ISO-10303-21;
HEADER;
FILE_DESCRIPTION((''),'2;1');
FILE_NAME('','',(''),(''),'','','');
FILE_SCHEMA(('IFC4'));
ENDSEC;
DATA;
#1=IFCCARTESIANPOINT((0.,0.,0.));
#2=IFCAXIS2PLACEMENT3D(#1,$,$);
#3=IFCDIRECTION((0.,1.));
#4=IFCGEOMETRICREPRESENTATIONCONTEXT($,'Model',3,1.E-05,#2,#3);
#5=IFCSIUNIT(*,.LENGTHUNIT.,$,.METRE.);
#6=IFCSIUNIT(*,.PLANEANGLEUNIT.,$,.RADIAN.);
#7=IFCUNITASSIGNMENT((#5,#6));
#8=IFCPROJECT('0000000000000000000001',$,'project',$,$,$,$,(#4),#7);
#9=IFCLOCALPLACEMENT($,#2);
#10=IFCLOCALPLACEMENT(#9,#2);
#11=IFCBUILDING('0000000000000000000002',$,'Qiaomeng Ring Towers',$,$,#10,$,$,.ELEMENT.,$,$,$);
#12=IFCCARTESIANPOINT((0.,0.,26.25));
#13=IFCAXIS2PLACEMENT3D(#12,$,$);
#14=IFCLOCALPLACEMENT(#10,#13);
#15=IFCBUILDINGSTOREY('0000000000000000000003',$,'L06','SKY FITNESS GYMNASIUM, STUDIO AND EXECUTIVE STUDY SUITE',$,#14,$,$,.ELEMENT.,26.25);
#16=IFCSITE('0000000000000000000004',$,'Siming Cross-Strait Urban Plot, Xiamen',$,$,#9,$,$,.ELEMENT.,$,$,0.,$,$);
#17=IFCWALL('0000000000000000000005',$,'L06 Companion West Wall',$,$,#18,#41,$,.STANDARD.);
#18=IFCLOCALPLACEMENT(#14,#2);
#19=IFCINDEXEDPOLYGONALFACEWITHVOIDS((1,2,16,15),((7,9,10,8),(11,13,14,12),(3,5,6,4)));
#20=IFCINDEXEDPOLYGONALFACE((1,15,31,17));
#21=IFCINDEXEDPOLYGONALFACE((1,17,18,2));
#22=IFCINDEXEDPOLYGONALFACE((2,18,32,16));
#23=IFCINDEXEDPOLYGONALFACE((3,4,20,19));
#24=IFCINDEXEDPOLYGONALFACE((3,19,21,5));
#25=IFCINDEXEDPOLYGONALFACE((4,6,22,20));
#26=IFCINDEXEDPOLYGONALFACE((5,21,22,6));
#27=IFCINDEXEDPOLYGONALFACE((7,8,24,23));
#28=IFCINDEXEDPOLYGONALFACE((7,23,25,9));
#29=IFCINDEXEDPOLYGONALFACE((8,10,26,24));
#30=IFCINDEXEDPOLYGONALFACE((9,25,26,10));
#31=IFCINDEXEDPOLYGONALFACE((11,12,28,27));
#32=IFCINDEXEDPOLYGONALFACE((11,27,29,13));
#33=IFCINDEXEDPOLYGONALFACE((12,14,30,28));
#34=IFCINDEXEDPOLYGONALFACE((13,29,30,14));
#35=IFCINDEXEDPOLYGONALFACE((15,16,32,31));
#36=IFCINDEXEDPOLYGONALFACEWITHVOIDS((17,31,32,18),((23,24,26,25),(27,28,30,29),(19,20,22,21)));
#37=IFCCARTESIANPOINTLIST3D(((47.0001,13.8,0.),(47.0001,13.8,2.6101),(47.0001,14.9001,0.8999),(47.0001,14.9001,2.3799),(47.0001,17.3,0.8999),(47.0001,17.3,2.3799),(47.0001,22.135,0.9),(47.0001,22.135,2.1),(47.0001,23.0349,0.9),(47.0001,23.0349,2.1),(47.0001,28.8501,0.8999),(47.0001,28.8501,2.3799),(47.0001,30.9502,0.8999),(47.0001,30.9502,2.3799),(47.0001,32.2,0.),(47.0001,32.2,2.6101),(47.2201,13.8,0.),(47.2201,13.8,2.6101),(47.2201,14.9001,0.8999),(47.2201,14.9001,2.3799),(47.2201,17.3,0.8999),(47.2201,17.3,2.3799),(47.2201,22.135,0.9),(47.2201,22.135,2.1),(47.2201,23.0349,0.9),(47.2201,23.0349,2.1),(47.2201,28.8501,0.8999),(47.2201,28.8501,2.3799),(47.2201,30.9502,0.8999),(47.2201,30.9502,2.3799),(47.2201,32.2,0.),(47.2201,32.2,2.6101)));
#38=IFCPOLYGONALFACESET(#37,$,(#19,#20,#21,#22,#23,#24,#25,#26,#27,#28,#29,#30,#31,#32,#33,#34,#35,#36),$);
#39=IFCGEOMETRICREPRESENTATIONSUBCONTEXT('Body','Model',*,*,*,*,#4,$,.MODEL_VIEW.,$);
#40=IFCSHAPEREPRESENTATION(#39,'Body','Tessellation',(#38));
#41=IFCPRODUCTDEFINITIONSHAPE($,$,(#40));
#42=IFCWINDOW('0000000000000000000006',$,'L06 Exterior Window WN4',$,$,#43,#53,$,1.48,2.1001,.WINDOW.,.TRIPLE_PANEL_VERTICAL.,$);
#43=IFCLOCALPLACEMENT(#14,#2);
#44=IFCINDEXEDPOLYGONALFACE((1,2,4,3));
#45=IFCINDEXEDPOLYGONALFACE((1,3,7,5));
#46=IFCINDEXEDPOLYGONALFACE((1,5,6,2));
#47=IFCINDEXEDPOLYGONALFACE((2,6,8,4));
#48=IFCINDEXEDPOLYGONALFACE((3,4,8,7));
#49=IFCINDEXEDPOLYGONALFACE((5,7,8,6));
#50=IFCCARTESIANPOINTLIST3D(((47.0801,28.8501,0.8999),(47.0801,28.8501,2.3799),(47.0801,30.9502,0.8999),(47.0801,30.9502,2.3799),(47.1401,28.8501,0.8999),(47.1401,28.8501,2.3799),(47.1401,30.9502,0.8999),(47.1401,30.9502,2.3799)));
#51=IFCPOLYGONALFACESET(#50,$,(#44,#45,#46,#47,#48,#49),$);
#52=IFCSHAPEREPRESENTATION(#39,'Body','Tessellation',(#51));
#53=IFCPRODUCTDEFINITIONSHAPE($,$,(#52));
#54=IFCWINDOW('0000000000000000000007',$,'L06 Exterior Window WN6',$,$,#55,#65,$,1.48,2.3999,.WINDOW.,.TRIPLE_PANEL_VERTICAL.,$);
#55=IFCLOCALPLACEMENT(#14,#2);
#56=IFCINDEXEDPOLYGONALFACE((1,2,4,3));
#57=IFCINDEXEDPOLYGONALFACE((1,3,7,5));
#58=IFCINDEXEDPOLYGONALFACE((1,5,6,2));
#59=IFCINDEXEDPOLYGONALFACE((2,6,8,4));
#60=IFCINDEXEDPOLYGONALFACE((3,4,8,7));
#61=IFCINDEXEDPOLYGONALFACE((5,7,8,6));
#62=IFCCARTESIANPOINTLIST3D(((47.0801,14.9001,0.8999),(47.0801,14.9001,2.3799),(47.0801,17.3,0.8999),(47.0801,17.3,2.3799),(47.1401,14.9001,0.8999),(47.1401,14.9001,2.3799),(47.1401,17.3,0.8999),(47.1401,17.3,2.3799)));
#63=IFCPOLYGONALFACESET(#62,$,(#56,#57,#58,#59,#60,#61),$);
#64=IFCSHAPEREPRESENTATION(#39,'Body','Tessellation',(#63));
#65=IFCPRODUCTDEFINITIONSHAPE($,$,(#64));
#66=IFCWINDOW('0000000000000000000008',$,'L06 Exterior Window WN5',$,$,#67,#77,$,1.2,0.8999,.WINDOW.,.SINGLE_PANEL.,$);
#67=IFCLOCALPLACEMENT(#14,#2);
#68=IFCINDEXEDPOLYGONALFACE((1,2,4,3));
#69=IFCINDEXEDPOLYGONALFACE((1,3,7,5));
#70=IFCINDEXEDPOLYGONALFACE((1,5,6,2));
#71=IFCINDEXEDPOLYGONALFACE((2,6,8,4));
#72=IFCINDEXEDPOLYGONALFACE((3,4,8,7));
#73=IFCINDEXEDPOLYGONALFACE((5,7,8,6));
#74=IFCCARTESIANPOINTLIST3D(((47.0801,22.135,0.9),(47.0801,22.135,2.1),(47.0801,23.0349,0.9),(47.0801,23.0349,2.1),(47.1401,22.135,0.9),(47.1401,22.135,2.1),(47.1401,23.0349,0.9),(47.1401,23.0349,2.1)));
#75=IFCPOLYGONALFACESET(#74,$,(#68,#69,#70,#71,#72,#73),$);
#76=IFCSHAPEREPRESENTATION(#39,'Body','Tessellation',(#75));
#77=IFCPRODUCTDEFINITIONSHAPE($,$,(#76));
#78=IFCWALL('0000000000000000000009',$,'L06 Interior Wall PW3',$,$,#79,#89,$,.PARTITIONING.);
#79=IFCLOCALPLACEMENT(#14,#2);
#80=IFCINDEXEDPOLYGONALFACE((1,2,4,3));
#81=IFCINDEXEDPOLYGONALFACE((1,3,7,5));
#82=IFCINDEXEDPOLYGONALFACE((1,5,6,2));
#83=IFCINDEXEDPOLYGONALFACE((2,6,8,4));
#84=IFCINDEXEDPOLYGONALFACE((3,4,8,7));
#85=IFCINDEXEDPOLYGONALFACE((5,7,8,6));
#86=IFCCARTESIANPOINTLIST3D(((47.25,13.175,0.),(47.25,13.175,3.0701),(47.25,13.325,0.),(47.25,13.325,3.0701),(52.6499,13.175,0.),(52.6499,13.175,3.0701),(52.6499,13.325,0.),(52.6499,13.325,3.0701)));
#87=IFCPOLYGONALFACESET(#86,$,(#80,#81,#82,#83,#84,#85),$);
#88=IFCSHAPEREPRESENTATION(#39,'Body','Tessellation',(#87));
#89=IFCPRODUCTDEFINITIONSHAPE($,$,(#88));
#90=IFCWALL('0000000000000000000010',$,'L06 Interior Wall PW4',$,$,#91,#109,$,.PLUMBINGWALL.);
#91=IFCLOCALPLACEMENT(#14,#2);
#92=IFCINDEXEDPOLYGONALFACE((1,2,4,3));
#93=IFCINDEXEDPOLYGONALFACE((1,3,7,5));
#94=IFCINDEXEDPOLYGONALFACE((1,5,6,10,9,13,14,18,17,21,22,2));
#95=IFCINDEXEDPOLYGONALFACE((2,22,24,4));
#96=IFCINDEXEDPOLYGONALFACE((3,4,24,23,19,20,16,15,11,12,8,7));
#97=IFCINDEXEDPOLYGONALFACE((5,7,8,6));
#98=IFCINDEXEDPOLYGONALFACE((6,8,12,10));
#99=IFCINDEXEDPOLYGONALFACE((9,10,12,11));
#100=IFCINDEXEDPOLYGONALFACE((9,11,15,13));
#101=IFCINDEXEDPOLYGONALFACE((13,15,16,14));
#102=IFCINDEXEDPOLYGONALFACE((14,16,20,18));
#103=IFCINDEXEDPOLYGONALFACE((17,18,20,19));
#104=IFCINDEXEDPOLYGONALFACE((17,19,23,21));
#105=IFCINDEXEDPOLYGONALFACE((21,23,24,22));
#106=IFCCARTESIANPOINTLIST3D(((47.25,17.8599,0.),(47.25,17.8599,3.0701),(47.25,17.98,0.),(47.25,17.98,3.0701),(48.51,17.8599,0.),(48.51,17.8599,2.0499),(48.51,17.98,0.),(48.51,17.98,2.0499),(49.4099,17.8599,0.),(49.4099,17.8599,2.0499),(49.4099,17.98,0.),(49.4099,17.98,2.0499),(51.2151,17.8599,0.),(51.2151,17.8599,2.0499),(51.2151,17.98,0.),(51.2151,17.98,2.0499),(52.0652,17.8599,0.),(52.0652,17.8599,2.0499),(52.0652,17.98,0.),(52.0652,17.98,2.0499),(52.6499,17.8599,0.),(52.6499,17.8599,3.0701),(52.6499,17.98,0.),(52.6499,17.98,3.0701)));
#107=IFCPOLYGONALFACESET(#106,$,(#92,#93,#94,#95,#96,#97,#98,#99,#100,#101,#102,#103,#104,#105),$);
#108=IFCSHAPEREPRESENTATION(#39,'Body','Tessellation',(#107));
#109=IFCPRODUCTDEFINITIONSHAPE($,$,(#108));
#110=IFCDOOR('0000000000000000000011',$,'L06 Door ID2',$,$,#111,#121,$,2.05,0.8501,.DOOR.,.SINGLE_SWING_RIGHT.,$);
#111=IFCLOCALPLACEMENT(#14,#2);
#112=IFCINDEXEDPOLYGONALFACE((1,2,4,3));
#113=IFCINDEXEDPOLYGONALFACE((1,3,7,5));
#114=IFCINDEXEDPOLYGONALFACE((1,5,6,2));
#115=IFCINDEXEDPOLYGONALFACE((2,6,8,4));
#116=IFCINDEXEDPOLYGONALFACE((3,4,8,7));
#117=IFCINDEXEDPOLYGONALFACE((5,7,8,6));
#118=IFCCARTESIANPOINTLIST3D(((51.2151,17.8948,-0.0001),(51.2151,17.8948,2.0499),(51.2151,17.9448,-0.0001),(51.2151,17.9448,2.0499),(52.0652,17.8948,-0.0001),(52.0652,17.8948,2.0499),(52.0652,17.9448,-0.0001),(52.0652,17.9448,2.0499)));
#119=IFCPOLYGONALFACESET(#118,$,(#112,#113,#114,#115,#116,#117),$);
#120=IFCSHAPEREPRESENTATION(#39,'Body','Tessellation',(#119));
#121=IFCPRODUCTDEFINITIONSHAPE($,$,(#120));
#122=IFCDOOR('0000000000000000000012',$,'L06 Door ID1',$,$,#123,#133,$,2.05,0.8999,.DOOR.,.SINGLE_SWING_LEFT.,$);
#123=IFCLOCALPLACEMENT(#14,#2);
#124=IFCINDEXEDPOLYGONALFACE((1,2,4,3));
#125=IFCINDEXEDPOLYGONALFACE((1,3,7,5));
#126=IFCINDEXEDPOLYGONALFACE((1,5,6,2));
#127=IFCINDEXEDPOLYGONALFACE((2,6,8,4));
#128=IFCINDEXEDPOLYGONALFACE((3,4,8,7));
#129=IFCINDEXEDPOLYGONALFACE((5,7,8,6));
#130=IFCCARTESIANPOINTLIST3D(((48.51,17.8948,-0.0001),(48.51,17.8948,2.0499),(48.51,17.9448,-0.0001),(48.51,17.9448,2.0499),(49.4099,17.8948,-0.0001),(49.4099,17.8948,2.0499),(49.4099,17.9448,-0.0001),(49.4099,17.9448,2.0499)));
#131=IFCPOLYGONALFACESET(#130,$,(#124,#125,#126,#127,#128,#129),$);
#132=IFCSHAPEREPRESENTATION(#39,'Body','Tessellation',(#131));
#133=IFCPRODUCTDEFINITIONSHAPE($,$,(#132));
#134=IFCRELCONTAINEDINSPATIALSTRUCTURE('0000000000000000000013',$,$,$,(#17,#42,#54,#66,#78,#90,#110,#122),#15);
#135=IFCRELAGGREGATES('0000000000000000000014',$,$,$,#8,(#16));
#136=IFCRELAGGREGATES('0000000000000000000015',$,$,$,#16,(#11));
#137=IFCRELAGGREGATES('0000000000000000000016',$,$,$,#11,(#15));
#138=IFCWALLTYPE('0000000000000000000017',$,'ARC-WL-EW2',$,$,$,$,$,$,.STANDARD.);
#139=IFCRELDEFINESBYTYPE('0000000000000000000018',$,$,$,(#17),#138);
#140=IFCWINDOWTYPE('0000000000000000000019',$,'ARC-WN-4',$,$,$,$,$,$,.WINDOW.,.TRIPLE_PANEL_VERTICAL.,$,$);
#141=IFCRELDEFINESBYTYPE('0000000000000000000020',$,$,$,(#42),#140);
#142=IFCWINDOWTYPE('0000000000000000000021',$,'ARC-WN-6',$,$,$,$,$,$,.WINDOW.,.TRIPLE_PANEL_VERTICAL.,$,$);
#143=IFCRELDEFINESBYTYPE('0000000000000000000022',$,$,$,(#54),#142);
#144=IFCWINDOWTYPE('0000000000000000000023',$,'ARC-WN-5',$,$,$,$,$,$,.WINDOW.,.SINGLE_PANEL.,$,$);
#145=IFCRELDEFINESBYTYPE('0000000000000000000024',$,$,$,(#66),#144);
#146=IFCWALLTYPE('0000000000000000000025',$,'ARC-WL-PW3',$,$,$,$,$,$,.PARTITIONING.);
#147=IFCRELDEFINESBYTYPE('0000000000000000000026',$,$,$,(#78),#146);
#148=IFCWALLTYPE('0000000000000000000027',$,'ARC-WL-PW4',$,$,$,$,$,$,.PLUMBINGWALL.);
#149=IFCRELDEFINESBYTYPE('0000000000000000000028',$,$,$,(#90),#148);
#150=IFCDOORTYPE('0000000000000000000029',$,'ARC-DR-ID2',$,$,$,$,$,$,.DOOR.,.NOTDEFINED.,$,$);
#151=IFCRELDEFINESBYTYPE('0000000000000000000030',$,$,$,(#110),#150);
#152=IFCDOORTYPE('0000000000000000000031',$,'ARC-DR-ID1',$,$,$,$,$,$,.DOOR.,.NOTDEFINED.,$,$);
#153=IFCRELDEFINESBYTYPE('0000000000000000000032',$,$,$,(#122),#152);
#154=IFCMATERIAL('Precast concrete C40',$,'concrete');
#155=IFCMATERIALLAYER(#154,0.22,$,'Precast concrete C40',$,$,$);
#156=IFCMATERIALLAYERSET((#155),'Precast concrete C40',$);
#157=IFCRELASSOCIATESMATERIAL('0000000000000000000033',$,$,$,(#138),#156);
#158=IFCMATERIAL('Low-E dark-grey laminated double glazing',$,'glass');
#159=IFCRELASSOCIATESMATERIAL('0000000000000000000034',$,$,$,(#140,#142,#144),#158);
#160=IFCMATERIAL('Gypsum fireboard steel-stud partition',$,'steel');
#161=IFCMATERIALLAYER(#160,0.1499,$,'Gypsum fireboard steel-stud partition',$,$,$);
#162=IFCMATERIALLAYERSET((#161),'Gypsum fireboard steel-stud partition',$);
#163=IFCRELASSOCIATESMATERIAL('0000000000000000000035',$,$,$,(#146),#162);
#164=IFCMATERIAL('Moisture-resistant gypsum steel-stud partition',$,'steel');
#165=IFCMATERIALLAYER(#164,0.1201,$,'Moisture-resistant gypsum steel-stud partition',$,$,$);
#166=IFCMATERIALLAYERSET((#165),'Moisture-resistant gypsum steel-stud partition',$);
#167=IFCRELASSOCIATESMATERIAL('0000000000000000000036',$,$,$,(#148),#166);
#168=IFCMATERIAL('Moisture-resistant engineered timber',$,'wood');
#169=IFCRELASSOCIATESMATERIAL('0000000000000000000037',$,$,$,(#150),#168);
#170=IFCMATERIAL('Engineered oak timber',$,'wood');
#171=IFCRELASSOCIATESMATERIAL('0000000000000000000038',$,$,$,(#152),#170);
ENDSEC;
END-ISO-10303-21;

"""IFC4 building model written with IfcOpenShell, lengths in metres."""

from ifc_helpers import new_model, si_unit, direction, frame, frame_2d, origin, place, context, subcontext, project, spatial, rectangle, extrude, source, transform, mapped, material, layer, layer_set, type_object, element, fill, save


model = new_model("IFC4")

# Units and contexts
model_context = context("Model", 3, precision=1e-05, world=origin(), true_north=direction((0.0, 1.0)))
body_context = subcontext(model_context, "Body", "Model", "MODEL_VIEW")
ifc_project = project(units=[si_unit("LENGTHUNIT", "METRE"), si_unit("PLANEANGLEUNIT", "RADIAN")], contexts=[model_context])

# Site, building, storey
site_placement = place(None, origin())
site = spatial("IfcSite", under=ifc_project, at=site_placement, Name="Siming Cross-Strait Urban Plot, Xiamen", CompositionType="ELEMENT", RefElevation=0.0)
building_placement = place(site_placement, origin())
building = spatial("IfcBuilding", under=site, at=building_placement, Name="Qiaomeng Ring Towers", CompositionType="ELEMENT")
storey_placement = place(building_placement, frame((0.0, 0.0, 26.25)))
storey = spatial("IfcBuildingStorey", under=building, at=storey_placement, Name="L06", Description="SKY FITNESS GYMNASIUM, STUDIO AND EXECUTIVE STUDY SUITE", CompositionType="ELEMENT", Elevation=26.25)

# Wall, openings, windows
ifc_material_1 = material(Name="Precast concrete C40", Category="concrete")
ifc_layer_1 = layer(ifc_material_1, 0.22, Name="Precast concrete C40")
ifc_layer_set_1 = layer_set([ifc_layer_1], Name="Precast concrete C40")
wall_type_1 = type_object("IfcWallType", Name="ARC-WL-EW2", PredefinedType="STANDARD", material=ifc_layer_set_1)
wall_1_placement = place(storey_placement, frame((47.1101, 13.8, 0.0), z_axis=(0.0, 0.0, 1.0), x_axis=(0.0, 1.0, 0.0)))
wall_1 = element("IfcWall", 1, at=wall_1_placement, inside=storey, type_object=wall_type_1, Name="L06 Companion West Wall", PredefinedType="STANDARD", context=body_context, shape_type="SweptSolid", body=[
    extrude(rectangle(XDim=18.3999, YDim=0.22, at=frame_2d((9.2, 0.0))), origin(), (0.0, 0.0, 1.0), 2.6101),
])
opening_1_placement = place(wall_1_placement, frame((1.1001, 0.0, 0.8999)))
opening_1 = element("IfcOpeningElement", 2, at=opening_1_placement, cuts=wall_1, PredefinedType="OPENING", context=body_context, shape_type="SweptSolid", body=[
    extrude(rectangle(XDim=2.3999, YDim=1.48, at=frame_2d((1.2, 0.74))), frame((0.0, 0.1199, 0.0), z_axis=(0.0, -1.0, 0.0), x_axis=(1.0, 0.0, 0.0)), (0.0, 0.0, 1.0), 0.24),
])
opening_2_placement = place(wall_1_placement, frame((15.05, 0.0, 0.8999)))
opening_2 = element("IfcOpeningElement", 3, at=opening_2_placement, cuts=wall_1, PredefinedType="OPENING", context=body_context, shape_type="SweptSolid", body=[
    extrude(rectangle(XDim=2.1001, YDim=1.48, at=frame_2d((1.05, 0.74))), frame((0.0, 0.1199, 0.0), z_axis=(0.0, -1.0, 0.0), x_axis=(1.0, 0.0, 0.0)), (0.0, 0.0, 1.0), 0.24),
])
opening_3_placement = place(wall_1_placement, frame((8.335, 0.0, 0.8999)))
opening_3 = element("IfcOpeningElement", 4, at=opening_3_placement, cuts=wall_1, PredefinedType="OPENING", context=body_context, shape_type="SweptSolid", body=[
    extrude(rectangle(XDim=0.8999, YDim=1.2, at=frame_2d((0.45, 0.6001))), frame((0.0, 0.1199, 0.0), z_axis=(0.0, -1.0, 0.0), x_axis=(1.0, 0.0, 0.0)), (0.0, 0.0, 1.0), 0.24),
])
ifc_material_2 = material(Name="Low-E dark-grey laminated double glazing", Category="glass")
window_type_1 = type_object("IfcWindowType", Name="ARC-WN-4", PartitioningType="TRIPLE_PANEL_VERTICAL", PredefinedType="WINDOW", material=ifc_material_2)
shared_shape_1 = source(origin(), body_context, "Body", "SweptSolid", [
    extrude(rectangle(XDim=2.1001, YDim=1.48, at=frame_2d((1.05, 0.74))), frame((0.0, 0.03, 0.0), z_axis=(0.0, -1.0, 0.0), x_axis=(1.0, 0.0, 0.0)), (0.0, 0.0, 1.0), 0.0601),
])
window_1_placement = place(opening_2_placement, origin())
window_1 = element("IfcWindow", 5, at=window_1_placement, inside=storey, type_object=window_type_1, Name="L06 Exterior Window WN4", OverallHeight=1.48, OverallWidth=2.1001, PartitioningType="TRIPLE_PANEL_VERTICAL", PredefinedType="WINDOW", context=body_context, shape_type="MappedRepresentation", body=[
    mapped(shared_shape_1, transform((0.0, 0.0, 0.0), x_axis=(1.0, 0.0, 0.0), y_axis=(0.0, 1.0, 0.0), z_axis=(0.0, 0.0, 1.0), scale=1.0)),
])
fill(opening_2, window_1)
window_type_2 = type_object("IfcWindowType", Name="ARC-WN-6", PartitioningType="TRIPLE_PANEL_VERTICAL", PredefinedType="WINDOW", material=ifc_material_2)
shared_shape_2 = source(origin(), body_context, "Body", "SweptSolid", [
    extrude(rectangle(XDim=2.3999, YDim=1.48, at=frame_2d((1.2, 0.74))), frame((0.0, 0.03, 0.0), z_axis=(0.0, -1.0, 0.0), x_axis=(1.0, 0.0, 0.0)), (0.0, 0.0, 1.0), 0.0601),
])
window_2_placement = place(opening_1_placement, origin())
window_2 = element("IfcWindow", 6, at=window_2_placement, inside=storey, type_object=window_type_2, Name="L06 Exterior Window WN6", OverallHeight=1.48, OverallWidth=2.3999, PartitioningType="TRIPLE_PANEL_VERTICAL", PredefinedType="WINDOW", context=body_context, shape_type="MappedRepresentation", body=[
    mapped(shared_shape_2, transform((0.0, 0.0, 0.0), x_axis=(1.0, 0.0, 0.0), y_axis=(0.0, 1.0, 0.0), z_axis=(0.0, 0.0, 1.0), scale=1.0)),
])
fill(opening_1, window_2)
window_type_3 = type_object("IfcWindowType", Name="ARC-WN-5", PartitioningType="SINGLE_PANEL", PredefinedType="WINDOW", material=ifc_material_2)
shared_shape_3 = source(origin(), body_context, "Body", "SweptSolid", [
    extrude(rectangle(XDim=0.8999, YDim=1.2, at=frame_2d((0.45, 0.6001))), frame((0.0, 0.03, 0.0), z_axis=(0.0, -1.0, 0.0), x_axis=(1.0, 0.0, 0.0)), (0.0, 0.0, 1.0), 0.0601),
])
window_3_placement = place(opening_3_placement, origin())
window_3 = element("IfcWindow", 7, at=window_3_placement, inside=storey, type_object=window_type_3, Name="L06 Exterior Window WN5", OverallHeight=1.2, OverallWidth=0.8999, PartitioningType="SINGLE_PANEL", PredefinedType="WINDOW", context=body_context, shape_type="MappedRepresentation", body=[
    mapped(shared_shape_3, transform((0.0, 0.0, 0.0), x_axis=(1.0, 0.0, 0.0), y_axis=(0.0, 1.0, 0.0), z_axis=(0.0, 0.0, 1.0), scale=1.0)),
])
fill(opening_3, window_3)

# Wall
ifc_material_3 = material(Name="Gypsum fireboard steel-stud partition", Category="steel")
ifc_layer_2 = layer(ifc_material_3, 0.1499, Name="Gypsum fireboard steel-stud partition")
ifc_layer_set_2 = layer_set([ifc_layer_2], Name="Gypsum fireboard steel-stud partition")
wall_type_2 = type_object("IfcWallType", Name="ARC-WL-PW3", PredefinedType="PARTITIONING", material=ifc_layer_set_2)
wall_2_placement = place(storey_placement, frame((47.25, 13.25, 0.0), z_axis=(0.0, 0.0, 1.0), x_axis=(1.0, 0.0, 0.0)))
element("IfcWall", 8, at=wall_2_placement, inside=storey, type_object=wall_type_2, Name="L06 Interior Wall PW3", PredefinedType="PARTITIONING", context=body_context, shape_type="SweptSolid", body=[
    extrude(rectangle(XDim=5.3999, YDim=0.1499, at=frame_2d((2.7, 0.0))), origin(), (0.0, 0.0, 1.0), 3.0701),
])

# Wall, openings, doors
ifc_material_4 = material(Name="Moisture-resistant gypsum steel-stud partition", Category="steel")
ifc_layer_3 = layer(ifc_material_4, 0.1201, Name="Moisture-resistant gypsum steel-stud partition")
ifc_layer_set_3 = layer_set([ifc_layer_3], Name="Moisture-resistant gypsum steel-stud partition")
wall_type_3 = type_object("IfcWallType", Name="ARC-WL-PW4", PredefinedType="PLUMBINGWALL", material=ifc_layer_set_3)
wall_3_placement = place(storey_placement, frame((47.25, 17.9199, 0.0), z_axis=(0.0, 0.0, 1.0), x_axis=(1.0, 0.0, 0.0)))
wall_3 = element("IfcWall", 9, at=wall_3_placement, inside=storey, type_object=wall_type_3, Name="L06 Interior Wall PW4", PredefinedType="PLUMBINGWALL", context=body_context, shape_type="SweptSolid", body=[
    extrude(rectangle(XDim=5.3999, YDim=0.1201, at=frame_2d((2.7, 0.0))), origin(), (0.0, 0.0, 1.0), 3.0701),
])
opening_4_placement = place(wall_3_placement, frame((1.26, 0.0, 0.0)))
opening_4 = element("IfcOpeningElement", 10, at=opening_4_placement, cuts=wall_3, PredefinedType="OPENING", context=body_context, shape_type="SweptSolid", body=[
    extrude(rectangle(XDim=0.8999, YDim=2.05, at=frame_2d((0.45, 1.0249))), frame((0.0, 0.0701, 0.0), z_axis=(0.0, -1.0, 0.0), x_axis=(1.0, 0.0, 0.0)), (0.0, 0.0, 1.0), 0.1401),
])
opening_5_placement = place(wall_3_placement, frame((3.9651, 0.0, 0.0)))
opening_5 = element("IfcOpeningElement", 11, at=opening_5_placement, cuts=wall_3, PredefinedType="OPENING", context=body_context, shape_type="SweptSolid", body=[
    extrude(rectangle(XDim=0.8501, YDim=2.05, at=frame_2d((0.425, 1.0249))), frame((0.0, 0.0701, 0.0), z_axis=(0.0, -1.0, 0.0), x_axis=(1.0, 0.0, 0.0)), (0.0, 0.0, 1.0), 0.1401),
])
ifc_material_5 = material(Name="Moisture-resistant engineered timber", Category="wood")
door_type_1 = type_object("IfcDoorType", Name="ARC-DR-ID2", OperationType="NOTDEFINED", PredefinedType="DOOR", material=ifc_material_5)
shared_shape_4 = source(origin(), body_context, "Body", "SweptSolid", [
    extrude(rectangle(XDim=0.8501, YDim=2.05, at=frame_2d((0.425, 1.0249))), frame((0.0, 0.0249, 0.0), z_axis=(0.0, -1.0, 0.0), x_axis=(1.0, 0.0, 0.0)), (0.0, 0.0, 1.0), 0.05),
])
door_1_placement = place(opening_5_placement, origin())
door_1 = element("IfcDoor", 12, at=door_1_placement, inside=storey, type_object=door_type_1, Name="L06 Door ID2", OperationType="SINGLE_SWING_RIGHT", OverallHeight=2.05, OverallWidth=0.8501, PredefinedType="DOOR", context=body_context, shape_type="MappedRepresentation", body=[
    mapped(shared_shape_4, transform((0.0, 0.0, 0.0), x_axis=(1.0, 0.0, 0.0), y_axis=(0.0, 1.0, 0.0), z_axis=(0.0, 0.0, 1.0), scale=1.0)),
])
fill(opening_5, door_1)
ifc_material_6 = material(Name="Engineered oak timber", Category="wood")
door_type_2 = type_object("IfcDoorType", Name="ARC-DR-ID1", OperationType="NOTDEFINED", PredefinedType="DOOR", material=ifc_material_6)
shared_shape_5 = source(origin(), body_context, "Body", "SweptSolid", [
    extrude(rectangle(XDim=0.8999, YDim=2.05, at=frame_2d((0.45, 1.0249))), frame((0.0, 0.0249, 0.0), z_axis=(0.0, -1.0, 0.0), x_axis=(1.0, 0.0, 0.0)), (0.0, 0.0, 1.0), 0.05),
])
door_2_placement = place(opening_4_placement, origin())
door_2 = element("IfcDoor", 13, at=door_2_placement, inside=storey, type_object=door_type_2, Name="L06 Door ID1", OperationType="SINGLE_SWING_LEFT", OverallHeight=2.05, OverallWidth=0.8999, PredefinedType="DOOR", context=body_context, shape_type="MappedRepresentation", body=[
    mapped(shared_shape_5, transform((0.0, 0.0, 0.0), x_axis=(1.0, 0.0, 0.0), y_axis=(0.0, 1.0, 0.0), z_axis=(0.0, 0.0, 1.0), scale=1.0)),
])
fill(opening_4, door_2)

save(model, "model.ifc")
